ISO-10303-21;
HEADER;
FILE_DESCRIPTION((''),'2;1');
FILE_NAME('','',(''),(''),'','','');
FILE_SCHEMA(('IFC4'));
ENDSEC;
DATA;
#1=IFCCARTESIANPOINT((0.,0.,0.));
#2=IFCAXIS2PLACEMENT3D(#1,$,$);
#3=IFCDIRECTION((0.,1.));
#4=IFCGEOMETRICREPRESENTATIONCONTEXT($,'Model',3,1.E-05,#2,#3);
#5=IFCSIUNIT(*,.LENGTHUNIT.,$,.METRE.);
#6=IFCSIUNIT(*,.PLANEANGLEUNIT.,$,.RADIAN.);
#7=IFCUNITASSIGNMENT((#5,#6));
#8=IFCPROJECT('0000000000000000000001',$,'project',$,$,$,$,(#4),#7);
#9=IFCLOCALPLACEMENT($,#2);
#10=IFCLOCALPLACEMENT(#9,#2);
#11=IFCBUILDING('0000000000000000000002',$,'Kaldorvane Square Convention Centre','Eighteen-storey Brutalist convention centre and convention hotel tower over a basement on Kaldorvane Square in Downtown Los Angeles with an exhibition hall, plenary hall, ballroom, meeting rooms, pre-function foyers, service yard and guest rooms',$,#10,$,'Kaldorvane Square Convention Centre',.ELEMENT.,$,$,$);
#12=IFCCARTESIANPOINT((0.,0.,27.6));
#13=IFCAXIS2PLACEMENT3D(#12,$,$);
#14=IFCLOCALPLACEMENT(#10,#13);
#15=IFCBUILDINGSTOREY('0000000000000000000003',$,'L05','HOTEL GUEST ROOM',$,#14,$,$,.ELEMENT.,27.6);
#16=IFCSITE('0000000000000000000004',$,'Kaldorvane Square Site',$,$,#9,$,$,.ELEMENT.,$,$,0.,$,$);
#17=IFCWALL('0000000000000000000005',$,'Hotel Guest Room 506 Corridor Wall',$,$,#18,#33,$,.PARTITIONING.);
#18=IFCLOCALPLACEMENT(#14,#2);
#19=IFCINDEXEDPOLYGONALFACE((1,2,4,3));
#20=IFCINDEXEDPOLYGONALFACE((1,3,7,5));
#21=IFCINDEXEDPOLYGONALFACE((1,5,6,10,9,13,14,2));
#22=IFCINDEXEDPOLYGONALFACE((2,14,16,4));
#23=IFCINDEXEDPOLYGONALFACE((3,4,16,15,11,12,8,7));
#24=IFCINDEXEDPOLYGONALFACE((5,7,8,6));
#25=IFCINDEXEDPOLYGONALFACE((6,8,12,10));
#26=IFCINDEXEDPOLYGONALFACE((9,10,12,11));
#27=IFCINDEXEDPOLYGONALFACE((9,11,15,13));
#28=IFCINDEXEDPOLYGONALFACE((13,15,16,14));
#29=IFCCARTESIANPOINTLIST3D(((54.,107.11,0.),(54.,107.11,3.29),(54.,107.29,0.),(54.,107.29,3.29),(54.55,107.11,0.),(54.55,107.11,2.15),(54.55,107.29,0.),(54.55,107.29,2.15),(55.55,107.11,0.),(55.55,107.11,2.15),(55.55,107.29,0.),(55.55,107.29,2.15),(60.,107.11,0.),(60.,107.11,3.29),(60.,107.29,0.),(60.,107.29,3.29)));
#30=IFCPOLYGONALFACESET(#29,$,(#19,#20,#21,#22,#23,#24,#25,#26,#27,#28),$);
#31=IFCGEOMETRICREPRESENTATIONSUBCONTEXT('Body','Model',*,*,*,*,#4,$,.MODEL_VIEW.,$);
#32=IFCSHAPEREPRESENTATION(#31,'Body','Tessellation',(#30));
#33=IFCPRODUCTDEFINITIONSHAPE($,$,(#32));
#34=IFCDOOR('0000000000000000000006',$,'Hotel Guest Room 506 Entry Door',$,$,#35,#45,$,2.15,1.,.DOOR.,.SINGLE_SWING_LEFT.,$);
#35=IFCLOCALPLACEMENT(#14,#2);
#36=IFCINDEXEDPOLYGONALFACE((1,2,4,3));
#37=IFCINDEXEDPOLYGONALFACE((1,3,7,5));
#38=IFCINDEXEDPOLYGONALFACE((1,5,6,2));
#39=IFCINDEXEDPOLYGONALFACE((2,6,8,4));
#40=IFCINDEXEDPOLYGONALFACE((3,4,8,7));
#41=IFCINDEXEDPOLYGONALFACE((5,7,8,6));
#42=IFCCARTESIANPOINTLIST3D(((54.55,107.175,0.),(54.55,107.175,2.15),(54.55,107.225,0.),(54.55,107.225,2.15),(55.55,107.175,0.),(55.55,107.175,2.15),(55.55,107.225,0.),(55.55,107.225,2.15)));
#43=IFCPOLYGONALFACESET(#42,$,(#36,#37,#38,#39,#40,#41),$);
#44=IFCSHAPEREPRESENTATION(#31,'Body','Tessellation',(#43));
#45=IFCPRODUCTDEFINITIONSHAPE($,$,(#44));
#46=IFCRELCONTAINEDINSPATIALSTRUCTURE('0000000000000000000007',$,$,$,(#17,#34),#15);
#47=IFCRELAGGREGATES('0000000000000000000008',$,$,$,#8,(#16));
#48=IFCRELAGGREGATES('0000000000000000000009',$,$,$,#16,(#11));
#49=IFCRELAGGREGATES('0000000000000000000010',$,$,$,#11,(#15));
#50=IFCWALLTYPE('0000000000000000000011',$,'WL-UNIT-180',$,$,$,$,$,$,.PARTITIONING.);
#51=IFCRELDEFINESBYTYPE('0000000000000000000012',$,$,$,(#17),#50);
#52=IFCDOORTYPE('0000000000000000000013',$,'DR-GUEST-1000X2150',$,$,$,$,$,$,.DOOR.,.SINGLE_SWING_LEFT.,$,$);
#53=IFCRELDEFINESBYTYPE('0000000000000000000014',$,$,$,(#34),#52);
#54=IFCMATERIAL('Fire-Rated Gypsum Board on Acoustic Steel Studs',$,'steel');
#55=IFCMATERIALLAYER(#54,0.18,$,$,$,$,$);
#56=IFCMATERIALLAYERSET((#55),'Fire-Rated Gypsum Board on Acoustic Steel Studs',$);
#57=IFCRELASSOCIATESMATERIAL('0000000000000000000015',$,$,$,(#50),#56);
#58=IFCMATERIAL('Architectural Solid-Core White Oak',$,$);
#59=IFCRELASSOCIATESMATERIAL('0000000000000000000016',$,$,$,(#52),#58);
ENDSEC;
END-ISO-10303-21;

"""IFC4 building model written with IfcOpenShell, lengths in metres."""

from ifc_helpers import new_model, si_unit, direction, frame, frame_2d, origin, place, context, subcontext, project, spatial, rectangle, extrude, material, layer, layer_set, type_object, element, fill, save


model = new_model("IFC4")

# Units and contexts
model_context = context("Model", 3, precision=1e-05, world=origin(), true_north=direction((0.0, 1.0)))
body_context = subcontext(model_context, "Body", "Model", "MODEL_VIEW")
ifc_project = project(units=[si_unit("LENGTHUNIT", "METRE"), si_unit("PLANEANGLEUNIT", "RADIAN")], contexts=[model_context])

# Site, building, storey
site_placement = place(None, origin())
site = spatial("IfcSite", under=ifc_project, at=site_placement, Name="Kaldorvane Square Site", CompositionType="ELEMENT", RefElevation=0.0)
building_placement = place(site_placement, origin())
building = spatial("IfcBuilding", under=site, at=building_placement, Name="Kaldorvane Square Convention Centre", Description="Eighteen-storey Brutalist convention centre and convention hotel tower over a basement on Kaldorvane Square in Downtown Los Angeles with an exhibition hall, plenary hall, ballroom, meeting rooms, pre-function foyers, service yard and guest rooms", LongName="Kaldorvane Square Convention Centre", CompositionType="ELEMENT")
storey_placement = place(building_placement, frame((0.0, 0.0, 27.6)))
storey = spatial("IfcBuildingStorey", under=building, at=storey_placement, Name="L05", Description="HOTEL GUEST ROOM", CompositionType="ELEMENT", Elevation=27.6)

# Shared definitions
ifc_material_1 = material(Name="Fire-Rated Gypsum Board on Acoustic Steel Studs", Category="steel")
ifc_material_2 = material(Name="Architectural Solid-Core White Oak")

# Shared definitions
ifc_layer_1 = layer(ifc_material_1, 0.18)
ifc_layer_set_1 = layer_set([ifc_layer_1], Name="Fire-Rated Gypsum Board on Acoustic Steel Studs")
wall_type_1 = type_object("IfcWallType", Name="WL-UNIT-180", PredefinedType="PARTITIONING", material=ifc_layer_set_1)
door_type_1 = type_object("IfcDoorType", Name="DR-GUEST-1000X2150", OperationType="SINGLE_SWING_LEFT", PredefinedType="DOOR", material=ifc_material_2)

# Wall, opening, door
wall_1_placement = place(storey_placement, frame((54.0, 107.2, 0.0), z_axis=(0.0, 0.0, 1.0), x_axis=(1.0, 0.0, 0.0)))
wall_1 = element("IfcWall", 1, at=wall_1_placement, inside=storey, type_object=wall_type_1, Name="Hotel Guest Room 506 Corridor Wall", PredefinedType="PARTITIONING", context=body_context, shape_type="SweptSolid", body=[
    extrude(rectangle(XDim=6.0, YDim=0.18, at=frame_2d((3.0, 0.0))), origin(), (0.0, 0.0, 1.0), 3.29),
])
opening_1_placement = place(wall_1_placement, frame((0.55, 0.0, 0.0)))
opening_1 = element("IfcOpeningElement", 2, at=opening_1_placement, cuts=wall_1, PredefinedType="OPENING", context=body_context, shape_type="SweptSolid", body=[
    extrude(rectangle(XDim=1.0, YDim=2.15, at=frame_2d((0.5, 1.075))), frame((0.0, 0.105, 0.0), z_axis=(0.0, -1.0, 0.0), x_axis=(1.0, 0.0, 0.0)), (0.0, 0.0, 1.0), 0.21),
])
door_1_placement = place(opening_1_placement, origin())
door_1 = element("IfcDoor", 3, at=door_1_placement, inside=storey, type_object=door_type_1, Name="Hotel Guest Room 506 Entry Door", OperationType="SINGLE_SWING_LEFT", OverallHeight=2.15, OverallWidth=1.0, PredefinedType="DOOR", context=body_context, shape_type="SweptSolid", body=[
    extrude(rectangle(XDim=1.0, YDim=2.15, at=frame_2d((0.5, 1.075))), frame((0.0, 0.025, 0.0), z_axis=(0.0, -1.0, 0.0), x_axis=(1.0, 0.0, 0.0)), (0.0, 0.0, 1.0), 0.05),
])
fill(opening_1, door_1)

save(model, "model.ifc")
